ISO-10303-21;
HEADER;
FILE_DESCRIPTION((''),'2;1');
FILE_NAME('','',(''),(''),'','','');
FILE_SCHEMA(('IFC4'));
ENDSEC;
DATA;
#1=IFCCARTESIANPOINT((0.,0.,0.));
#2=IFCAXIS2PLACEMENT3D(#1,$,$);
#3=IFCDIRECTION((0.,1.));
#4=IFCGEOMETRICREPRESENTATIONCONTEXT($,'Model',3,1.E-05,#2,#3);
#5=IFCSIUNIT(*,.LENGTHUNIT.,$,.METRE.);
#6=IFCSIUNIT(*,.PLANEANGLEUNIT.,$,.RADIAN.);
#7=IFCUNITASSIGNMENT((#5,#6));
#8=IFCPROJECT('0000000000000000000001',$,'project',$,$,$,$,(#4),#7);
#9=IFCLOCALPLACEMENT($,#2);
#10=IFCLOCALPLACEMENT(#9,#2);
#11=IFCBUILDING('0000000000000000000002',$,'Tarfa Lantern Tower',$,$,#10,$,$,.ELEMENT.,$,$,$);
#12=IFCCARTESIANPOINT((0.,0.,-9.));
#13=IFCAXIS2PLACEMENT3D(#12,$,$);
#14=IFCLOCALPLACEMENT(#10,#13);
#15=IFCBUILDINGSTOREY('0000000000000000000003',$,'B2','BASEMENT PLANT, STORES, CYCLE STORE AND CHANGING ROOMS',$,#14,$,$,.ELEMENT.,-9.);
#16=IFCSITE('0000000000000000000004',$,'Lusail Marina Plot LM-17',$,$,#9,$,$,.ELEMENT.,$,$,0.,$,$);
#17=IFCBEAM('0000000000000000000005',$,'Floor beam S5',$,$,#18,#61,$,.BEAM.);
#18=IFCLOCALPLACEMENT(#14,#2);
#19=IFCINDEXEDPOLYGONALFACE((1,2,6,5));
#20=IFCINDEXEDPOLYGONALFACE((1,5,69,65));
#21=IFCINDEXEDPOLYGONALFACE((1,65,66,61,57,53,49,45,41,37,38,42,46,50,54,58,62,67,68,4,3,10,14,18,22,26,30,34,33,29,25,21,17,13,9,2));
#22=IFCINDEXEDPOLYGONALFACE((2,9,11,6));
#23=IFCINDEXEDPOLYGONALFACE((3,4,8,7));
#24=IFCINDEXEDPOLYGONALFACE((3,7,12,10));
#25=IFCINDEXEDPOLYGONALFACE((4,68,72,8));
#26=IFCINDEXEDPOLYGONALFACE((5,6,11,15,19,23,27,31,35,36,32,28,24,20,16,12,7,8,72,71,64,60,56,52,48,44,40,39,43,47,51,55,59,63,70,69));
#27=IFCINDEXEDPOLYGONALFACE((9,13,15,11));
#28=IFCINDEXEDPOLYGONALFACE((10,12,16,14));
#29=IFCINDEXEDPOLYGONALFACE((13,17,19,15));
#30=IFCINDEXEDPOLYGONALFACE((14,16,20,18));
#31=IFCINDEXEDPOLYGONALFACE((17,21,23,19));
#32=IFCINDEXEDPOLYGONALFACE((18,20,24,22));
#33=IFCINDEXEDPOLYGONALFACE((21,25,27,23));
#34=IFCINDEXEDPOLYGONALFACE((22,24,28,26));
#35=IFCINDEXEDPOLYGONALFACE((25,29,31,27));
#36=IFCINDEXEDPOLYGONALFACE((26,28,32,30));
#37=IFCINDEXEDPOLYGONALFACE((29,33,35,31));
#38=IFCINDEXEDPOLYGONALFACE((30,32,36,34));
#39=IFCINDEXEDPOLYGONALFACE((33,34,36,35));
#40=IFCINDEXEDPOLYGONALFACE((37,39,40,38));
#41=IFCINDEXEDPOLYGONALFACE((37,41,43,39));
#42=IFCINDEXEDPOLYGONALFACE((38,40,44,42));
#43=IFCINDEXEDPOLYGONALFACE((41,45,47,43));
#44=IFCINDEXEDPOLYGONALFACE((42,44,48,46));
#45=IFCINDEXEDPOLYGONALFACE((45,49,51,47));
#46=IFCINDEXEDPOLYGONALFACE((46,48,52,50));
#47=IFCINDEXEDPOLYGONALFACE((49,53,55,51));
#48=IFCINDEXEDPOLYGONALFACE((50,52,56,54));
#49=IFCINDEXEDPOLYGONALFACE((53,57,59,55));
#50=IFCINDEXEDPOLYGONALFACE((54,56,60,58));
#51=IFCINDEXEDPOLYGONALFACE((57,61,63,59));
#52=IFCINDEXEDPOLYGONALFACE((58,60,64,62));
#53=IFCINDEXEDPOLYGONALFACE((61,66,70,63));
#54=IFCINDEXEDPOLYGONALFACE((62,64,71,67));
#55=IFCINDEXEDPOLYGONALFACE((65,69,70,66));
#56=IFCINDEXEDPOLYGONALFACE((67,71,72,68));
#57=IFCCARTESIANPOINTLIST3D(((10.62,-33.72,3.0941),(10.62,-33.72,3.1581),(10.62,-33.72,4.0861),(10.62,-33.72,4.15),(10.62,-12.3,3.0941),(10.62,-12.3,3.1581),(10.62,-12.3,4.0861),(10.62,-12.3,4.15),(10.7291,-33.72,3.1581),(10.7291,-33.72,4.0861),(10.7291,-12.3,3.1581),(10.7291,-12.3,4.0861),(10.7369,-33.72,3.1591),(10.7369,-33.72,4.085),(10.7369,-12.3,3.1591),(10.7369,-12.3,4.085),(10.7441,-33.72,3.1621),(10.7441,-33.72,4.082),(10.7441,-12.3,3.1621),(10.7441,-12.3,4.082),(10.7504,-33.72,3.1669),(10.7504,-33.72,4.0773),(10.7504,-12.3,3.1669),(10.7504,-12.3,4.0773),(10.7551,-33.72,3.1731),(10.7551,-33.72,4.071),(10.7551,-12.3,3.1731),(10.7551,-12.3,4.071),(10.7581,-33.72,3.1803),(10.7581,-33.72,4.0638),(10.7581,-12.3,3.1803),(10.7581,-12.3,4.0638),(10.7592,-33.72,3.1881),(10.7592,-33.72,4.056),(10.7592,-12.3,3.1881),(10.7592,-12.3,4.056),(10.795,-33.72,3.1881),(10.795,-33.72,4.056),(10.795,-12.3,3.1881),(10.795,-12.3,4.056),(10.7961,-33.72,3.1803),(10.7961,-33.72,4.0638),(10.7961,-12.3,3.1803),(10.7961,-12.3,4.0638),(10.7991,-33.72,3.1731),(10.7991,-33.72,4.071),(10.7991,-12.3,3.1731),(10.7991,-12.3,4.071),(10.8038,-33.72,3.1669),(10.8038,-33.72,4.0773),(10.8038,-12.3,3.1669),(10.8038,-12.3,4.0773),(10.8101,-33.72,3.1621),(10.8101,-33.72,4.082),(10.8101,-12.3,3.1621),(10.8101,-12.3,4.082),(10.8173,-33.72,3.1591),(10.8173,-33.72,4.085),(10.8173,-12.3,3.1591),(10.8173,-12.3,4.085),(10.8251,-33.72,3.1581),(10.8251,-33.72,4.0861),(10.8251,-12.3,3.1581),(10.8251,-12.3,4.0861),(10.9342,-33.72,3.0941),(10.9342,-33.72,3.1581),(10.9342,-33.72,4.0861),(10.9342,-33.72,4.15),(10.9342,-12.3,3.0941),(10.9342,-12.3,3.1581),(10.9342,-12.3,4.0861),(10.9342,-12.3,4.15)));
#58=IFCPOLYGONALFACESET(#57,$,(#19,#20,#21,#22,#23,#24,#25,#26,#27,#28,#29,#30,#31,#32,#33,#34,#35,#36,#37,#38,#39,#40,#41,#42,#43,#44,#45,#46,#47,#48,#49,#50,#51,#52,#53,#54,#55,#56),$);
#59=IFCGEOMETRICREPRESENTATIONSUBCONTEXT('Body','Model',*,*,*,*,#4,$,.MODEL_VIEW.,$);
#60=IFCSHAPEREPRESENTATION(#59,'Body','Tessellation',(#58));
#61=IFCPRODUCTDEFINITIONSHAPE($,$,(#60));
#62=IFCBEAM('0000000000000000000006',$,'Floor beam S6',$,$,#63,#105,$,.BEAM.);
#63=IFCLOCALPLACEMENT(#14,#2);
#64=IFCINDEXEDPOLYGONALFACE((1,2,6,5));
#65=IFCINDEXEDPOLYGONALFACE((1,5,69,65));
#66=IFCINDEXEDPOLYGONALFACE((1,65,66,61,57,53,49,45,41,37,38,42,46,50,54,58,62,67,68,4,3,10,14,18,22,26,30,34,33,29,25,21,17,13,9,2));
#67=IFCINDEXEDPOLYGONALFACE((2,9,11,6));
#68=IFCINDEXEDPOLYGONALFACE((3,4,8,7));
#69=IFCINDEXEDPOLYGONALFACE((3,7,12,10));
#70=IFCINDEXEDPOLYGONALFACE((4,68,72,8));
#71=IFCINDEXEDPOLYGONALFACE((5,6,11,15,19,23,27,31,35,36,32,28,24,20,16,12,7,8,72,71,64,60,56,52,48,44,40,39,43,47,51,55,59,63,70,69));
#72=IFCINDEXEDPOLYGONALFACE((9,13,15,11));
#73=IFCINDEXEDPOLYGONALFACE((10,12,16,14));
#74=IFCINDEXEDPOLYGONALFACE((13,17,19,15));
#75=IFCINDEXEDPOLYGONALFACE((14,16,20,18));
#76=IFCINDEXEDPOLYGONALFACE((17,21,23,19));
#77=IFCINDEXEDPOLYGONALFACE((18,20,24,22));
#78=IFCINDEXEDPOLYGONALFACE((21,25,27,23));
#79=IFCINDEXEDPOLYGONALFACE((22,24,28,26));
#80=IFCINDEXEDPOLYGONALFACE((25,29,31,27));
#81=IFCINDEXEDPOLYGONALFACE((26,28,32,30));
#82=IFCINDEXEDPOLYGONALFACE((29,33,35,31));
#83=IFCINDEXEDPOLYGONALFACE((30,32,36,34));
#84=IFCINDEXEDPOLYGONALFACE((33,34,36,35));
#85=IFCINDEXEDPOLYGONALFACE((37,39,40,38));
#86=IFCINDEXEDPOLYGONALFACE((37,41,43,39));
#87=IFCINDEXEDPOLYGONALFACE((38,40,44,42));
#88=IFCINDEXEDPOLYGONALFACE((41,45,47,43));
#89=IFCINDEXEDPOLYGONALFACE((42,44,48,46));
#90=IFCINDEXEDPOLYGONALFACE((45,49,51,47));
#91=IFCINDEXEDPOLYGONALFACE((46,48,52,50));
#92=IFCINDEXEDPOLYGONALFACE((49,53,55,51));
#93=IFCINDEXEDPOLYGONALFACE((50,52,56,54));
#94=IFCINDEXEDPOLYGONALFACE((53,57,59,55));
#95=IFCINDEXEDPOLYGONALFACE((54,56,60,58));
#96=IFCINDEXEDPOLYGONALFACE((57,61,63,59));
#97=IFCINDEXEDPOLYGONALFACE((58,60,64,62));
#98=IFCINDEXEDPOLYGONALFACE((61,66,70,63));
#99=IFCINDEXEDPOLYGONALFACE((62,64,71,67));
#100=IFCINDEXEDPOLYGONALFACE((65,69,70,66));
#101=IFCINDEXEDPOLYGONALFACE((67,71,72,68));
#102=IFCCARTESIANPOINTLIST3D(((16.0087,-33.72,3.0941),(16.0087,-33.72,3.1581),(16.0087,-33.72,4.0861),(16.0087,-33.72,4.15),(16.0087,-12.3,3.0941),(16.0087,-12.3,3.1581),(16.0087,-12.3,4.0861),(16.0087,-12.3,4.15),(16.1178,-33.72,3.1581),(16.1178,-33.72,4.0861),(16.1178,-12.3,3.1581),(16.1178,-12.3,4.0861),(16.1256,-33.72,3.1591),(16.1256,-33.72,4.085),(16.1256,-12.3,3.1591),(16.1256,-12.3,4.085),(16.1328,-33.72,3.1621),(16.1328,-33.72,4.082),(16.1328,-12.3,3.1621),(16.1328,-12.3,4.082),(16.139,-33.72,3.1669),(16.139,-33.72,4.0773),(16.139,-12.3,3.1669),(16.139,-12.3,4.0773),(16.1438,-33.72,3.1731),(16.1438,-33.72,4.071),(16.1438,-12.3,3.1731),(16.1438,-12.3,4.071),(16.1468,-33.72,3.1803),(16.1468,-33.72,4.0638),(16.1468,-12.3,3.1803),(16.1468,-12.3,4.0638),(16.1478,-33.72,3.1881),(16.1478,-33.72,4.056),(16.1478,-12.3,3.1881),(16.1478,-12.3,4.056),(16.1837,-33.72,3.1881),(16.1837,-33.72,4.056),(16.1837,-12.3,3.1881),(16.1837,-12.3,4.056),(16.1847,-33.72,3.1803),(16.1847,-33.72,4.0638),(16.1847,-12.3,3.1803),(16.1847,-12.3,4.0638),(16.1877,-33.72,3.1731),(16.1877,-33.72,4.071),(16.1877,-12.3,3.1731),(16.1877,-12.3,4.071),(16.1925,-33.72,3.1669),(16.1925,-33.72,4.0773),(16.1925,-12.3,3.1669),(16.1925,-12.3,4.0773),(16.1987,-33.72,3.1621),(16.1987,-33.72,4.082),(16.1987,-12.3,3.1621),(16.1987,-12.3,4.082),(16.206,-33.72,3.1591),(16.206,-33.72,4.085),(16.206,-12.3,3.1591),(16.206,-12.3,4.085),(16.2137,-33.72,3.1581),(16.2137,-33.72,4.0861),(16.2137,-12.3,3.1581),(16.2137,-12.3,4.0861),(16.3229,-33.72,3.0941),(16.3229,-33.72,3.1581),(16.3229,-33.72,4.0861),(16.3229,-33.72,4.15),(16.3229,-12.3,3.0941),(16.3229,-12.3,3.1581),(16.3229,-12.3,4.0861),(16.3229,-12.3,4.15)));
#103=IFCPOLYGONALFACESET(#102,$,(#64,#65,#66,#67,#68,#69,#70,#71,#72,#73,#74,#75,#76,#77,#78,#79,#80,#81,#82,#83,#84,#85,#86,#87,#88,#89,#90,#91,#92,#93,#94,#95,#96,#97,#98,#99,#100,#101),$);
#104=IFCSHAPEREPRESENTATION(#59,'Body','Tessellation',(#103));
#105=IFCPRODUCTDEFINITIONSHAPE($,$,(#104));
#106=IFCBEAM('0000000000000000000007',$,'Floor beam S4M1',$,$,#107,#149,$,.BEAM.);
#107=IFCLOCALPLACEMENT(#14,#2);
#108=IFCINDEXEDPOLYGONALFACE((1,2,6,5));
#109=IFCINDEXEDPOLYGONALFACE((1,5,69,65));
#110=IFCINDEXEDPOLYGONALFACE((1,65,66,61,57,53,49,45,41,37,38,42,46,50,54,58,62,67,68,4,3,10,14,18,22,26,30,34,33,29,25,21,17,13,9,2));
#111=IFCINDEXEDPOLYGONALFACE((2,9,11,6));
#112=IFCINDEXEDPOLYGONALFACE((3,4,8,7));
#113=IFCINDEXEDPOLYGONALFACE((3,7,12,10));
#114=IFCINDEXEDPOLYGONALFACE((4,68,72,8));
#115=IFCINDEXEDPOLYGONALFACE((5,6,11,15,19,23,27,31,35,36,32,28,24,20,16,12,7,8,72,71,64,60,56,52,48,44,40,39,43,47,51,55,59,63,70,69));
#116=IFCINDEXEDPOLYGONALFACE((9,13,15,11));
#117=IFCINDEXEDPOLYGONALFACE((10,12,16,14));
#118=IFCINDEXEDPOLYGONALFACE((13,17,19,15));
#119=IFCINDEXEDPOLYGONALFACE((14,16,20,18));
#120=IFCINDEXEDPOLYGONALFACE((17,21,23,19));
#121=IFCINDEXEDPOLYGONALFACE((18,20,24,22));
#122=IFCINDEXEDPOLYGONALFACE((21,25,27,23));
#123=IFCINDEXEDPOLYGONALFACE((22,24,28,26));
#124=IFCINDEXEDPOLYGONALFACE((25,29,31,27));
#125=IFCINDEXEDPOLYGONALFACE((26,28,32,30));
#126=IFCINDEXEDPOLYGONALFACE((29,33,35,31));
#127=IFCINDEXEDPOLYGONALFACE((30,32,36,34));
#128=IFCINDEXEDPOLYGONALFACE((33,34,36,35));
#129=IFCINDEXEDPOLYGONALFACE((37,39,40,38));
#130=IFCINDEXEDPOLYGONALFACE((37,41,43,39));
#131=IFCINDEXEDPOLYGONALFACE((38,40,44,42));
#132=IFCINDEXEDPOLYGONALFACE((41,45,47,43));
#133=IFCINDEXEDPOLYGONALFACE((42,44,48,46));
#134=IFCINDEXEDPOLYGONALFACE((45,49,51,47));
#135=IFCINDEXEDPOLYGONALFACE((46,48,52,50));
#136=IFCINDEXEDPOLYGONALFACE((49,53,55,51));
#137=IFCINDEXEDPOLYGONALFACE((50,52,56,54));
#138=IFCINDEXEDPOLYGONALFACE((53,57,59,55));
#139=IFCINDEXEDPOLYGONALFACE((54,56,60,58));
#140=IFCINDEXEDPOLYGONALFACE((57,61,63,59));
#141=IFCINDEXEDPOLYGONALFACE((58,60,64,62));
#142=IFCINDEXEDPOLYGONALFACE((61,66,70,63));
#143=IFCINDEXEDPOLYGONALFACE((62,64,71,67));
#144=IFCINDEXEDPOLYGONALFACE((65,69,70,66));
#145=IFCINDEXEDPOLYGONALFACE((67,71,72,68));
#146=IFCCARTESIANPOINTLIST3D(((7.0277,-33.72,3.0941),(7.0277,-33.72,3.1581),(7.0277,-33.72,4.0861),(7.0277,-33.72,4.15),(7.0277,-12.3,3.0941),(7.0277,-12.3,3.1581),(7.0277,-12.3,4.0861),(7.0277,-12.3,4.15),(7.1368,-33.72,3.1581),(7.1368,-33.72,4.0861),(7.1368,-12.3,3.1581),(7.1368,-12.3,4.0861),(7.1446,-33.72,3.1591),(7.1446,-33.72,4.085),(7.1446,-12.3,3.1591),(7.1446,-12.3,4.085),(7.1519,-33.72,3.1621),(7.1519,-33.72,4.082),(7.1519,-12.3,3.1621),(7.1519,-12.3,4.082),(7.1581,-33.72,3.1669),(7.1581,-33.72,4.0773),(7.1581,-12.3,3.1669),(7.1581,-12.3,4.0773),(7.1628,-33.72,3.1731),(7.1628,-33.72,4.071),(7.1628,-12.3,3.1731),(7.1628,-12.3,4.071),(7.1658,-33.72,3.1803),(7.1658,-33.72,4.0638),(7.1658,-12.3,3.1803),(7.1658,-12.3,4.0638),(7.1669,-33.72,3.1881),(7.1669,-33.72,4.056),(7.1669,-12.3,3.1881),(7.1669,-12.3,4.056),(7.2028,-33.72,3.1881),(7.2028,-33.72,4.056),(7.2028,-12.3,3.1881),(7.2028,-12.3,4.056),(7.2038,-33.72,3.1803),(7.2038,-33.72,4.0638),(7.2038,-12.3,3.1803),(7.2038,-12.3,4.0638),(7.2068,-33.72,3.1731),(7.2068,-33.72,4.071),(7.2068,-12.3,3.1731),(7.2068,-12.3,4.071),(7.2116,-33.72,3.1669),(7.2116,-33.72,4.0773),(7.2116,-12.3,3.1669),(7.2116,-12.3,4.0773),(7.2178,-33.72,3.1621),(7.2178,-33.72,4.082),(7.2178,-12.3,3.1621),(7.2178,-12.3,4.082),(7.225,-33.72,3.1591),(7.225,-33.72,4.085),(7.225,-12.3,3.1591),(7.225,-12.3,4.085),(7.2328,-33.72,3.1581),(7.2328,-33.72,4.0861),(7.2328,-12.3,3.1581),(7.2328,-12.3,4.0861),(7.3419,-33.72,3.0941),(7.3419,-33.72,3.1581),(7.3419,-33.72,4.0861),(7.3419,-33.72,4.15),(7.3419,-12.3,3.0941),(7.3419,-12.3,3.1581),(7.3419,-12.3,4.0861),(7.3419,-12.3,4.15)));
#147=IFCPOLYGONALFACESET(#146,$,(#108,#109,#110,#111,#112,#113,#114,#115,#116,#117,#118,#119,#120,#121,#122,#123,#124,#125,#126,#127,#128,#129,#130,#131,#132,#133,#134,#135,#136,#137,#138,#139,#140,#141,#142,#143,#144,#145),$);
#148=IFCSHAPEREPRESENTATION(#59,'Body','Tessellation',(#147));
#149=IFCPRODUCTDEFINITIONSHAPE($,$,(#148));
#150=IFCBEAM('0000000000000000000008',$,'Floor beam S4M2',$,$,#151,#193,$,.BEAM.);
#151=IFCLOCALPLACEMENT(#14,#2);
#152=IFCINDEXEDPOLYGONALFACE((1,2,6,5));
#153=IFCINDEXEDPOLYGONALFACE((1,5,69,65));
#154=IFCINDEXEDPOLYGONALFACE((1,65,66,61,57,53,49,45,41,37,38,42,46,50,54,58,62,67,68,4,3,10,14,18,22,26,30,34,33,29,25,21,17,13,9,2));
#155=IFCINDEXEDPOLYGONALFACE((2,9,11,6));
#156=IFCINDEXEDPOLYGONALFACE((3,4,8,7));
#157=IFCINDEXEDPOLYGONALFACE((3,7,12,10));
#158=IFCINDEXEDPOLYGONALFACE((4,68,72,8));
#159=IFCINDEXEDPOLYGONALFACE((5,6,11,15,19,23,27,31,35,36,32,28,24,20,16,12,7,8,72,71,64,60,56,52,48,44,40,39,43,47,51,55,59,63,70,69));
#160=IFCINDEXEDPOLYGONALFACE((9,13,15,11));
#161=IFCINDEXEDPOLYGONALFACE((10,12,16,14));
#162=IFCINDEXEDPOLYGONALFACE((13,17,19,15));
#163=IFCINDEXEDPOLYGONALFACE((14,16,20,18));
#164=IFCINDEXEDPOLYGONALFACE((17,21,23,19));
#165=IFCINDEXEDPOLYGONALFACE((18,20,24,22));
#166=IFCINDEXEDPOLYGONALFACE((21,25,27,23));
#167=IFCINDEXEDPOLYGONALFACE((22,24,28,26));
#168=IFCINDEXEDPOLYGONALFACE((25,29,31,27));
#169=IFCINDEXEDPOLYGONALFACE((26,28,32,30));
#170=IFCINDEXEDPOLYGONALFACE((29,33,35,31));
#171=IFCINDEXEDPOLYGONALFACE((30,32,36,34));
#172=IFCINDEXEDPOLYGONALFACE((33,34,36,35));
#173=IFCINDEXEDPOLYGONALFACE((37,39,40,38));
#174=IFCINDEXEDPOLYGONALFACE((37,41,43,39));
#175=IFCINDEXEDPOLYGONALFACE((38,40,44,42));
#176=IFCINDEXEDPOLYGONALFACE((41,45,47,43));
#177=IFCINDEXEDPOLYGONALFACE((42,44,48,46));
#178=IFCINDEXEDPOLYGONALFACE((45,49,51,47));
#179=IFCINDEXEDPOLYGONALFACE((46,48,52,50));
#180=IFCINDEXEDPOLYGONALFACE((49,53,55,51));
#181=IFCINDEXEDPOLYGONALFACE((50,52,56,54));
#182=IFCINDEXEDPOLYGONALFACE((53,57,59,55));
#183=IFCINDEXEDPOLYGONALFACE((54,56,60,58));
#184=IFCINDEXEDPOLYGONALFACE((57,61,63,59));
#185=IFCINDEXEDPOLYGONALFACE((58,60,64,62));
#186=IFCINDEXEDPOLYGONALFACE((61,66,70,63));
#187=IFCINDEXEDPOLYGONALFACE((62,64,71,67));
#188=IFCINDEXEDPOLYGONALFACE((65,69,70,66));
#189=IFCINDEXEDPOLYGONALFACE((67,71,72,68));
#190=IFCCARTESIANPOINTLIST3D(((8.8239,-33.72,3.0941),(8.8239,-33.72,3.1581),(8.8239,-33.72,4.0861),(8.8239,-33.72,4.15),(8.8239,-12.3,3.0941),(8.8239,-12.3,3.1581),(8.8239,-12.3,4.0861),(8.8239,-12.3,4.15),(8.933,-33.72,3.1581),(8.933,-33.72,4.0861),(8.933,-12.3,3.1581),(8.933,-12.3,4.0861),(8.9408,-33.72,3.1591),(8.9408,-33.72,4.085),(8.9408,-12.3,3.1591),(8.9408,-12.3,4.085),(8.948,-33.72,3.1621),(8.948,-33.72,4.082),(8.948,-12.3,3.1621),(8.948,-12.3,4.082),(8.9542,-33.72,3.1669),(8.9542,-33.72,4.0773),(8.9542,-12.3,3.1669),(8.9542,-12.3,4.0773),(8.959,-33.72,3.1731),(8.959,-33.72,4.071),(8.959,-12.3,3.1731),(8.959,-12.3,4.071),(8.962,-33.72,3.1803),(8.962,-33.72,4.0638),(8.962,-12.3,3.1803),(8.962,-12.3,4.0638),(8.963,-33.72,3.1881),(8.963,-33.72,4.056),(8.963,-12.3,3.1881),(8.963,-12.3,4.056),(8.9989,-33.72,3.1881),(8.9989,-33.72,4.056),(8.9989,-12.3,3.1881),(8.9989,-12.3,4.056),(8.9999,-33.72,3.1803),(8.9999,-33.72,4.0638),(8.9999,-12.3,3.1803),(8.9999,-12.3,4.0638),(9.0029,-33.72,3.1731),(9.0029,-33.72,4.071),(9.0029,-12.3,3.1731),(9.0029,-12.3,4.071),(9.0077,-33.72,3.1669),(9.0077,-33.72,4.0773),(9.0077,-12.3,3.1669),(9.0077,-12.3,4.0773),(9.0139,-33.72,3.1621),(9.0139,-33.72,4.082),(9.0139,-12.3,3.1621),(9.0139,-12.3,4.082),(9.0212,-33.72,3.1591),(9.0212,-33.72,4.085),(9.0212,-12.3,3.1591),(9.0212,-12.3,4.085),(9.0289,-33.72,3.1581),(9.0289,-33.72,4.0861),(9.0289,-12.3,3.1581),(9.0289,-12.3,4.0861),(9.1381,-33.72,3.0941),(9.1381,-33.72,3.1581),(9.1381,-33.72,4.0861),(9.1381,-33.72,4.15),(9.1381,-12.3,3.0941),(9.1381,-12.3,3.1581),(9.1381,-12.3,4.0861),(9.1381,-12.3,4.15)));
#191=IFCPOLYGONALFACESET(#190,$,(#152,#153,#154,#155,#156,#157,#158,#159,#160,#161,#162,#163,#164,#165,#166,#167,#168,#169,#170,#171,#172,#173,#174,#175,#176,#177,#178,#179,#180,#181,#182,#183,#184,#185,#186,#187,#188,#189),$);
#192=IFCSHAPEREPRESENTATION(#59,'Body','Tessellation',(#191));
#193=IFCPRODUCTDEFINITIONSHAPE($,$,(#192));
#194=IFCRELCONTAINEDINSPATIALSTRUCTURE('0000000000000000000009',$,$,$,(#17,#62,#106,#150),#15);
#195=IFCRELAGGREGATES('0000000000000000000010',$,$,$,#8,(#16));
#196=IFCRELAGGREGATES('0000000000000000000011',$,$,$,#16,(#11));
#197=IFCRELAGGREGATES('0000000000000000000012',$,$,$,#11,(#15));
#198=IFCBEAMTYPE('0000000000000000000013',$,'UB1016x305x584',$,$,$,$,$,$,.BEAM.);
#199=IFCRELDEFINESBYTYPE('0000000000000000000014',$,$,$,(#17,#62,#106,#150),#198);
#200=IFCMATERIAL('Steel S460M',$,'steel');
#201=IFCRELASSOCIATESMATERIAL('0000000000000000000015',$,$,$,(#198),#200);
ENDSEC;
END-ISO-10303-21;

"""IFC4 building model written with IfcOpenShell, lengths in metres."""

from ifc_helpers import new_model, si_unit, direction, frame, origin, origin_2d, place, context, subcontext, project, spatial, i_section, extrude, material, material_profile, profile_set, type_object, element, save


model = new_model("IFC4")

# Units and contexts
model_context = context("Model", 3, precision=1e-05, world=origin(), true_north=direction((0.0, 1.0)))
body_context = subcontext(model_context, "Body", "Model", "MODEL_VIEW")
ifc_project = project(units=[si_unit("LENGTHUNIT", "METRE"), si_unit("PLANEANGLEUNIT", "RADIAN")], contexts=[model_context])

# Site, building, storey
site_placement = place(None, origin())
site = spatial("IfcSite", under=ifc_project, at=site_placement, Name="Lusail Marina Plot LM-17", CompositionType="ELEMENT", RefElevation=0.0)
building_placement = place(site_placement, origin())
building = spatial("IfcBuilding", under=site, at=building_placement, Name="Tarfa Lantern Tower", CompositionType="ELEMENT")
storey_placement = place(building_placement, frame((0.0, 0.0, -9.0)))
storey = spatial("IfcBuildingStorey", under=building, at=storey_placement, Name="B2", Description="BASEMENT PLANT, STORES, CYCLE STORE AND CHANGING ROOMS", CompositionType="ELEMENT", Elevation=-9.0)

# Beams
ifc_material_1 = material(Name="Steel S460M", Category="steel")
ifc_material_profile_1 = material_profile(ifc_material_1, i_section(OverallWidth=0.3142, OverallDepth=1.0559, WebThickness=0.0359, FlangeThickness=0.064, FilletRadius=0.03, at=origin_2d()), Name="UB1016x305x584")
ifc_profile_set_1 = profile_set([ifc_material_profile_1], Name="Steel S460M")
beam_type_1 = type_object("IfcBeamType", Name="UB1016x305x584", PredefinedType="BEAM", material=ifc_profile_set_1)
for number, where, z_axis, x_axis, name in (
    (1, (10.7771, -33.72, 3.6221), (0.0, 1.0, 0.0), (-1.0, 0.0, 0.0), "Floor beam S5"),
    (2, (16.1658, -33.72, 3.6221), (0.0, 1.0, 0.0), (-1.0, 0.0, 0.0), "Floor beam S6"),
    (3, (7.1848, -33.72, 3.6221), (0.0, 1.0, 0.0), (-1.0, 0.0, 0.0), "Floor beam S4M1"),
    (4, (8.981, -33.72, 3.6221), (0.0, 1.0, 0.0), (-1.0, 0.0, 0.0), "Floor beam S4M2"),
):
    element("IfcBeam", number, at=place(storey_placement, frame(where, z_axis=z_axis, x_axis=x_axis)), inside=storey, type_object=beam_type_1, Name=name, PredefinedType="BEAM", context=body_context, shape_type="SweptSolid", body=[
        extrude(i_section(OverallWidth=0.3142, OverallDepth=1.0559, WebThickness=0.0359, FlangeThickness=0.064, FilletRadius=0.03, at=origin_2d()), origin(), (0.0, 0.0, 1.0), 21.4199),
    ])

save(model, "model.ifc")
